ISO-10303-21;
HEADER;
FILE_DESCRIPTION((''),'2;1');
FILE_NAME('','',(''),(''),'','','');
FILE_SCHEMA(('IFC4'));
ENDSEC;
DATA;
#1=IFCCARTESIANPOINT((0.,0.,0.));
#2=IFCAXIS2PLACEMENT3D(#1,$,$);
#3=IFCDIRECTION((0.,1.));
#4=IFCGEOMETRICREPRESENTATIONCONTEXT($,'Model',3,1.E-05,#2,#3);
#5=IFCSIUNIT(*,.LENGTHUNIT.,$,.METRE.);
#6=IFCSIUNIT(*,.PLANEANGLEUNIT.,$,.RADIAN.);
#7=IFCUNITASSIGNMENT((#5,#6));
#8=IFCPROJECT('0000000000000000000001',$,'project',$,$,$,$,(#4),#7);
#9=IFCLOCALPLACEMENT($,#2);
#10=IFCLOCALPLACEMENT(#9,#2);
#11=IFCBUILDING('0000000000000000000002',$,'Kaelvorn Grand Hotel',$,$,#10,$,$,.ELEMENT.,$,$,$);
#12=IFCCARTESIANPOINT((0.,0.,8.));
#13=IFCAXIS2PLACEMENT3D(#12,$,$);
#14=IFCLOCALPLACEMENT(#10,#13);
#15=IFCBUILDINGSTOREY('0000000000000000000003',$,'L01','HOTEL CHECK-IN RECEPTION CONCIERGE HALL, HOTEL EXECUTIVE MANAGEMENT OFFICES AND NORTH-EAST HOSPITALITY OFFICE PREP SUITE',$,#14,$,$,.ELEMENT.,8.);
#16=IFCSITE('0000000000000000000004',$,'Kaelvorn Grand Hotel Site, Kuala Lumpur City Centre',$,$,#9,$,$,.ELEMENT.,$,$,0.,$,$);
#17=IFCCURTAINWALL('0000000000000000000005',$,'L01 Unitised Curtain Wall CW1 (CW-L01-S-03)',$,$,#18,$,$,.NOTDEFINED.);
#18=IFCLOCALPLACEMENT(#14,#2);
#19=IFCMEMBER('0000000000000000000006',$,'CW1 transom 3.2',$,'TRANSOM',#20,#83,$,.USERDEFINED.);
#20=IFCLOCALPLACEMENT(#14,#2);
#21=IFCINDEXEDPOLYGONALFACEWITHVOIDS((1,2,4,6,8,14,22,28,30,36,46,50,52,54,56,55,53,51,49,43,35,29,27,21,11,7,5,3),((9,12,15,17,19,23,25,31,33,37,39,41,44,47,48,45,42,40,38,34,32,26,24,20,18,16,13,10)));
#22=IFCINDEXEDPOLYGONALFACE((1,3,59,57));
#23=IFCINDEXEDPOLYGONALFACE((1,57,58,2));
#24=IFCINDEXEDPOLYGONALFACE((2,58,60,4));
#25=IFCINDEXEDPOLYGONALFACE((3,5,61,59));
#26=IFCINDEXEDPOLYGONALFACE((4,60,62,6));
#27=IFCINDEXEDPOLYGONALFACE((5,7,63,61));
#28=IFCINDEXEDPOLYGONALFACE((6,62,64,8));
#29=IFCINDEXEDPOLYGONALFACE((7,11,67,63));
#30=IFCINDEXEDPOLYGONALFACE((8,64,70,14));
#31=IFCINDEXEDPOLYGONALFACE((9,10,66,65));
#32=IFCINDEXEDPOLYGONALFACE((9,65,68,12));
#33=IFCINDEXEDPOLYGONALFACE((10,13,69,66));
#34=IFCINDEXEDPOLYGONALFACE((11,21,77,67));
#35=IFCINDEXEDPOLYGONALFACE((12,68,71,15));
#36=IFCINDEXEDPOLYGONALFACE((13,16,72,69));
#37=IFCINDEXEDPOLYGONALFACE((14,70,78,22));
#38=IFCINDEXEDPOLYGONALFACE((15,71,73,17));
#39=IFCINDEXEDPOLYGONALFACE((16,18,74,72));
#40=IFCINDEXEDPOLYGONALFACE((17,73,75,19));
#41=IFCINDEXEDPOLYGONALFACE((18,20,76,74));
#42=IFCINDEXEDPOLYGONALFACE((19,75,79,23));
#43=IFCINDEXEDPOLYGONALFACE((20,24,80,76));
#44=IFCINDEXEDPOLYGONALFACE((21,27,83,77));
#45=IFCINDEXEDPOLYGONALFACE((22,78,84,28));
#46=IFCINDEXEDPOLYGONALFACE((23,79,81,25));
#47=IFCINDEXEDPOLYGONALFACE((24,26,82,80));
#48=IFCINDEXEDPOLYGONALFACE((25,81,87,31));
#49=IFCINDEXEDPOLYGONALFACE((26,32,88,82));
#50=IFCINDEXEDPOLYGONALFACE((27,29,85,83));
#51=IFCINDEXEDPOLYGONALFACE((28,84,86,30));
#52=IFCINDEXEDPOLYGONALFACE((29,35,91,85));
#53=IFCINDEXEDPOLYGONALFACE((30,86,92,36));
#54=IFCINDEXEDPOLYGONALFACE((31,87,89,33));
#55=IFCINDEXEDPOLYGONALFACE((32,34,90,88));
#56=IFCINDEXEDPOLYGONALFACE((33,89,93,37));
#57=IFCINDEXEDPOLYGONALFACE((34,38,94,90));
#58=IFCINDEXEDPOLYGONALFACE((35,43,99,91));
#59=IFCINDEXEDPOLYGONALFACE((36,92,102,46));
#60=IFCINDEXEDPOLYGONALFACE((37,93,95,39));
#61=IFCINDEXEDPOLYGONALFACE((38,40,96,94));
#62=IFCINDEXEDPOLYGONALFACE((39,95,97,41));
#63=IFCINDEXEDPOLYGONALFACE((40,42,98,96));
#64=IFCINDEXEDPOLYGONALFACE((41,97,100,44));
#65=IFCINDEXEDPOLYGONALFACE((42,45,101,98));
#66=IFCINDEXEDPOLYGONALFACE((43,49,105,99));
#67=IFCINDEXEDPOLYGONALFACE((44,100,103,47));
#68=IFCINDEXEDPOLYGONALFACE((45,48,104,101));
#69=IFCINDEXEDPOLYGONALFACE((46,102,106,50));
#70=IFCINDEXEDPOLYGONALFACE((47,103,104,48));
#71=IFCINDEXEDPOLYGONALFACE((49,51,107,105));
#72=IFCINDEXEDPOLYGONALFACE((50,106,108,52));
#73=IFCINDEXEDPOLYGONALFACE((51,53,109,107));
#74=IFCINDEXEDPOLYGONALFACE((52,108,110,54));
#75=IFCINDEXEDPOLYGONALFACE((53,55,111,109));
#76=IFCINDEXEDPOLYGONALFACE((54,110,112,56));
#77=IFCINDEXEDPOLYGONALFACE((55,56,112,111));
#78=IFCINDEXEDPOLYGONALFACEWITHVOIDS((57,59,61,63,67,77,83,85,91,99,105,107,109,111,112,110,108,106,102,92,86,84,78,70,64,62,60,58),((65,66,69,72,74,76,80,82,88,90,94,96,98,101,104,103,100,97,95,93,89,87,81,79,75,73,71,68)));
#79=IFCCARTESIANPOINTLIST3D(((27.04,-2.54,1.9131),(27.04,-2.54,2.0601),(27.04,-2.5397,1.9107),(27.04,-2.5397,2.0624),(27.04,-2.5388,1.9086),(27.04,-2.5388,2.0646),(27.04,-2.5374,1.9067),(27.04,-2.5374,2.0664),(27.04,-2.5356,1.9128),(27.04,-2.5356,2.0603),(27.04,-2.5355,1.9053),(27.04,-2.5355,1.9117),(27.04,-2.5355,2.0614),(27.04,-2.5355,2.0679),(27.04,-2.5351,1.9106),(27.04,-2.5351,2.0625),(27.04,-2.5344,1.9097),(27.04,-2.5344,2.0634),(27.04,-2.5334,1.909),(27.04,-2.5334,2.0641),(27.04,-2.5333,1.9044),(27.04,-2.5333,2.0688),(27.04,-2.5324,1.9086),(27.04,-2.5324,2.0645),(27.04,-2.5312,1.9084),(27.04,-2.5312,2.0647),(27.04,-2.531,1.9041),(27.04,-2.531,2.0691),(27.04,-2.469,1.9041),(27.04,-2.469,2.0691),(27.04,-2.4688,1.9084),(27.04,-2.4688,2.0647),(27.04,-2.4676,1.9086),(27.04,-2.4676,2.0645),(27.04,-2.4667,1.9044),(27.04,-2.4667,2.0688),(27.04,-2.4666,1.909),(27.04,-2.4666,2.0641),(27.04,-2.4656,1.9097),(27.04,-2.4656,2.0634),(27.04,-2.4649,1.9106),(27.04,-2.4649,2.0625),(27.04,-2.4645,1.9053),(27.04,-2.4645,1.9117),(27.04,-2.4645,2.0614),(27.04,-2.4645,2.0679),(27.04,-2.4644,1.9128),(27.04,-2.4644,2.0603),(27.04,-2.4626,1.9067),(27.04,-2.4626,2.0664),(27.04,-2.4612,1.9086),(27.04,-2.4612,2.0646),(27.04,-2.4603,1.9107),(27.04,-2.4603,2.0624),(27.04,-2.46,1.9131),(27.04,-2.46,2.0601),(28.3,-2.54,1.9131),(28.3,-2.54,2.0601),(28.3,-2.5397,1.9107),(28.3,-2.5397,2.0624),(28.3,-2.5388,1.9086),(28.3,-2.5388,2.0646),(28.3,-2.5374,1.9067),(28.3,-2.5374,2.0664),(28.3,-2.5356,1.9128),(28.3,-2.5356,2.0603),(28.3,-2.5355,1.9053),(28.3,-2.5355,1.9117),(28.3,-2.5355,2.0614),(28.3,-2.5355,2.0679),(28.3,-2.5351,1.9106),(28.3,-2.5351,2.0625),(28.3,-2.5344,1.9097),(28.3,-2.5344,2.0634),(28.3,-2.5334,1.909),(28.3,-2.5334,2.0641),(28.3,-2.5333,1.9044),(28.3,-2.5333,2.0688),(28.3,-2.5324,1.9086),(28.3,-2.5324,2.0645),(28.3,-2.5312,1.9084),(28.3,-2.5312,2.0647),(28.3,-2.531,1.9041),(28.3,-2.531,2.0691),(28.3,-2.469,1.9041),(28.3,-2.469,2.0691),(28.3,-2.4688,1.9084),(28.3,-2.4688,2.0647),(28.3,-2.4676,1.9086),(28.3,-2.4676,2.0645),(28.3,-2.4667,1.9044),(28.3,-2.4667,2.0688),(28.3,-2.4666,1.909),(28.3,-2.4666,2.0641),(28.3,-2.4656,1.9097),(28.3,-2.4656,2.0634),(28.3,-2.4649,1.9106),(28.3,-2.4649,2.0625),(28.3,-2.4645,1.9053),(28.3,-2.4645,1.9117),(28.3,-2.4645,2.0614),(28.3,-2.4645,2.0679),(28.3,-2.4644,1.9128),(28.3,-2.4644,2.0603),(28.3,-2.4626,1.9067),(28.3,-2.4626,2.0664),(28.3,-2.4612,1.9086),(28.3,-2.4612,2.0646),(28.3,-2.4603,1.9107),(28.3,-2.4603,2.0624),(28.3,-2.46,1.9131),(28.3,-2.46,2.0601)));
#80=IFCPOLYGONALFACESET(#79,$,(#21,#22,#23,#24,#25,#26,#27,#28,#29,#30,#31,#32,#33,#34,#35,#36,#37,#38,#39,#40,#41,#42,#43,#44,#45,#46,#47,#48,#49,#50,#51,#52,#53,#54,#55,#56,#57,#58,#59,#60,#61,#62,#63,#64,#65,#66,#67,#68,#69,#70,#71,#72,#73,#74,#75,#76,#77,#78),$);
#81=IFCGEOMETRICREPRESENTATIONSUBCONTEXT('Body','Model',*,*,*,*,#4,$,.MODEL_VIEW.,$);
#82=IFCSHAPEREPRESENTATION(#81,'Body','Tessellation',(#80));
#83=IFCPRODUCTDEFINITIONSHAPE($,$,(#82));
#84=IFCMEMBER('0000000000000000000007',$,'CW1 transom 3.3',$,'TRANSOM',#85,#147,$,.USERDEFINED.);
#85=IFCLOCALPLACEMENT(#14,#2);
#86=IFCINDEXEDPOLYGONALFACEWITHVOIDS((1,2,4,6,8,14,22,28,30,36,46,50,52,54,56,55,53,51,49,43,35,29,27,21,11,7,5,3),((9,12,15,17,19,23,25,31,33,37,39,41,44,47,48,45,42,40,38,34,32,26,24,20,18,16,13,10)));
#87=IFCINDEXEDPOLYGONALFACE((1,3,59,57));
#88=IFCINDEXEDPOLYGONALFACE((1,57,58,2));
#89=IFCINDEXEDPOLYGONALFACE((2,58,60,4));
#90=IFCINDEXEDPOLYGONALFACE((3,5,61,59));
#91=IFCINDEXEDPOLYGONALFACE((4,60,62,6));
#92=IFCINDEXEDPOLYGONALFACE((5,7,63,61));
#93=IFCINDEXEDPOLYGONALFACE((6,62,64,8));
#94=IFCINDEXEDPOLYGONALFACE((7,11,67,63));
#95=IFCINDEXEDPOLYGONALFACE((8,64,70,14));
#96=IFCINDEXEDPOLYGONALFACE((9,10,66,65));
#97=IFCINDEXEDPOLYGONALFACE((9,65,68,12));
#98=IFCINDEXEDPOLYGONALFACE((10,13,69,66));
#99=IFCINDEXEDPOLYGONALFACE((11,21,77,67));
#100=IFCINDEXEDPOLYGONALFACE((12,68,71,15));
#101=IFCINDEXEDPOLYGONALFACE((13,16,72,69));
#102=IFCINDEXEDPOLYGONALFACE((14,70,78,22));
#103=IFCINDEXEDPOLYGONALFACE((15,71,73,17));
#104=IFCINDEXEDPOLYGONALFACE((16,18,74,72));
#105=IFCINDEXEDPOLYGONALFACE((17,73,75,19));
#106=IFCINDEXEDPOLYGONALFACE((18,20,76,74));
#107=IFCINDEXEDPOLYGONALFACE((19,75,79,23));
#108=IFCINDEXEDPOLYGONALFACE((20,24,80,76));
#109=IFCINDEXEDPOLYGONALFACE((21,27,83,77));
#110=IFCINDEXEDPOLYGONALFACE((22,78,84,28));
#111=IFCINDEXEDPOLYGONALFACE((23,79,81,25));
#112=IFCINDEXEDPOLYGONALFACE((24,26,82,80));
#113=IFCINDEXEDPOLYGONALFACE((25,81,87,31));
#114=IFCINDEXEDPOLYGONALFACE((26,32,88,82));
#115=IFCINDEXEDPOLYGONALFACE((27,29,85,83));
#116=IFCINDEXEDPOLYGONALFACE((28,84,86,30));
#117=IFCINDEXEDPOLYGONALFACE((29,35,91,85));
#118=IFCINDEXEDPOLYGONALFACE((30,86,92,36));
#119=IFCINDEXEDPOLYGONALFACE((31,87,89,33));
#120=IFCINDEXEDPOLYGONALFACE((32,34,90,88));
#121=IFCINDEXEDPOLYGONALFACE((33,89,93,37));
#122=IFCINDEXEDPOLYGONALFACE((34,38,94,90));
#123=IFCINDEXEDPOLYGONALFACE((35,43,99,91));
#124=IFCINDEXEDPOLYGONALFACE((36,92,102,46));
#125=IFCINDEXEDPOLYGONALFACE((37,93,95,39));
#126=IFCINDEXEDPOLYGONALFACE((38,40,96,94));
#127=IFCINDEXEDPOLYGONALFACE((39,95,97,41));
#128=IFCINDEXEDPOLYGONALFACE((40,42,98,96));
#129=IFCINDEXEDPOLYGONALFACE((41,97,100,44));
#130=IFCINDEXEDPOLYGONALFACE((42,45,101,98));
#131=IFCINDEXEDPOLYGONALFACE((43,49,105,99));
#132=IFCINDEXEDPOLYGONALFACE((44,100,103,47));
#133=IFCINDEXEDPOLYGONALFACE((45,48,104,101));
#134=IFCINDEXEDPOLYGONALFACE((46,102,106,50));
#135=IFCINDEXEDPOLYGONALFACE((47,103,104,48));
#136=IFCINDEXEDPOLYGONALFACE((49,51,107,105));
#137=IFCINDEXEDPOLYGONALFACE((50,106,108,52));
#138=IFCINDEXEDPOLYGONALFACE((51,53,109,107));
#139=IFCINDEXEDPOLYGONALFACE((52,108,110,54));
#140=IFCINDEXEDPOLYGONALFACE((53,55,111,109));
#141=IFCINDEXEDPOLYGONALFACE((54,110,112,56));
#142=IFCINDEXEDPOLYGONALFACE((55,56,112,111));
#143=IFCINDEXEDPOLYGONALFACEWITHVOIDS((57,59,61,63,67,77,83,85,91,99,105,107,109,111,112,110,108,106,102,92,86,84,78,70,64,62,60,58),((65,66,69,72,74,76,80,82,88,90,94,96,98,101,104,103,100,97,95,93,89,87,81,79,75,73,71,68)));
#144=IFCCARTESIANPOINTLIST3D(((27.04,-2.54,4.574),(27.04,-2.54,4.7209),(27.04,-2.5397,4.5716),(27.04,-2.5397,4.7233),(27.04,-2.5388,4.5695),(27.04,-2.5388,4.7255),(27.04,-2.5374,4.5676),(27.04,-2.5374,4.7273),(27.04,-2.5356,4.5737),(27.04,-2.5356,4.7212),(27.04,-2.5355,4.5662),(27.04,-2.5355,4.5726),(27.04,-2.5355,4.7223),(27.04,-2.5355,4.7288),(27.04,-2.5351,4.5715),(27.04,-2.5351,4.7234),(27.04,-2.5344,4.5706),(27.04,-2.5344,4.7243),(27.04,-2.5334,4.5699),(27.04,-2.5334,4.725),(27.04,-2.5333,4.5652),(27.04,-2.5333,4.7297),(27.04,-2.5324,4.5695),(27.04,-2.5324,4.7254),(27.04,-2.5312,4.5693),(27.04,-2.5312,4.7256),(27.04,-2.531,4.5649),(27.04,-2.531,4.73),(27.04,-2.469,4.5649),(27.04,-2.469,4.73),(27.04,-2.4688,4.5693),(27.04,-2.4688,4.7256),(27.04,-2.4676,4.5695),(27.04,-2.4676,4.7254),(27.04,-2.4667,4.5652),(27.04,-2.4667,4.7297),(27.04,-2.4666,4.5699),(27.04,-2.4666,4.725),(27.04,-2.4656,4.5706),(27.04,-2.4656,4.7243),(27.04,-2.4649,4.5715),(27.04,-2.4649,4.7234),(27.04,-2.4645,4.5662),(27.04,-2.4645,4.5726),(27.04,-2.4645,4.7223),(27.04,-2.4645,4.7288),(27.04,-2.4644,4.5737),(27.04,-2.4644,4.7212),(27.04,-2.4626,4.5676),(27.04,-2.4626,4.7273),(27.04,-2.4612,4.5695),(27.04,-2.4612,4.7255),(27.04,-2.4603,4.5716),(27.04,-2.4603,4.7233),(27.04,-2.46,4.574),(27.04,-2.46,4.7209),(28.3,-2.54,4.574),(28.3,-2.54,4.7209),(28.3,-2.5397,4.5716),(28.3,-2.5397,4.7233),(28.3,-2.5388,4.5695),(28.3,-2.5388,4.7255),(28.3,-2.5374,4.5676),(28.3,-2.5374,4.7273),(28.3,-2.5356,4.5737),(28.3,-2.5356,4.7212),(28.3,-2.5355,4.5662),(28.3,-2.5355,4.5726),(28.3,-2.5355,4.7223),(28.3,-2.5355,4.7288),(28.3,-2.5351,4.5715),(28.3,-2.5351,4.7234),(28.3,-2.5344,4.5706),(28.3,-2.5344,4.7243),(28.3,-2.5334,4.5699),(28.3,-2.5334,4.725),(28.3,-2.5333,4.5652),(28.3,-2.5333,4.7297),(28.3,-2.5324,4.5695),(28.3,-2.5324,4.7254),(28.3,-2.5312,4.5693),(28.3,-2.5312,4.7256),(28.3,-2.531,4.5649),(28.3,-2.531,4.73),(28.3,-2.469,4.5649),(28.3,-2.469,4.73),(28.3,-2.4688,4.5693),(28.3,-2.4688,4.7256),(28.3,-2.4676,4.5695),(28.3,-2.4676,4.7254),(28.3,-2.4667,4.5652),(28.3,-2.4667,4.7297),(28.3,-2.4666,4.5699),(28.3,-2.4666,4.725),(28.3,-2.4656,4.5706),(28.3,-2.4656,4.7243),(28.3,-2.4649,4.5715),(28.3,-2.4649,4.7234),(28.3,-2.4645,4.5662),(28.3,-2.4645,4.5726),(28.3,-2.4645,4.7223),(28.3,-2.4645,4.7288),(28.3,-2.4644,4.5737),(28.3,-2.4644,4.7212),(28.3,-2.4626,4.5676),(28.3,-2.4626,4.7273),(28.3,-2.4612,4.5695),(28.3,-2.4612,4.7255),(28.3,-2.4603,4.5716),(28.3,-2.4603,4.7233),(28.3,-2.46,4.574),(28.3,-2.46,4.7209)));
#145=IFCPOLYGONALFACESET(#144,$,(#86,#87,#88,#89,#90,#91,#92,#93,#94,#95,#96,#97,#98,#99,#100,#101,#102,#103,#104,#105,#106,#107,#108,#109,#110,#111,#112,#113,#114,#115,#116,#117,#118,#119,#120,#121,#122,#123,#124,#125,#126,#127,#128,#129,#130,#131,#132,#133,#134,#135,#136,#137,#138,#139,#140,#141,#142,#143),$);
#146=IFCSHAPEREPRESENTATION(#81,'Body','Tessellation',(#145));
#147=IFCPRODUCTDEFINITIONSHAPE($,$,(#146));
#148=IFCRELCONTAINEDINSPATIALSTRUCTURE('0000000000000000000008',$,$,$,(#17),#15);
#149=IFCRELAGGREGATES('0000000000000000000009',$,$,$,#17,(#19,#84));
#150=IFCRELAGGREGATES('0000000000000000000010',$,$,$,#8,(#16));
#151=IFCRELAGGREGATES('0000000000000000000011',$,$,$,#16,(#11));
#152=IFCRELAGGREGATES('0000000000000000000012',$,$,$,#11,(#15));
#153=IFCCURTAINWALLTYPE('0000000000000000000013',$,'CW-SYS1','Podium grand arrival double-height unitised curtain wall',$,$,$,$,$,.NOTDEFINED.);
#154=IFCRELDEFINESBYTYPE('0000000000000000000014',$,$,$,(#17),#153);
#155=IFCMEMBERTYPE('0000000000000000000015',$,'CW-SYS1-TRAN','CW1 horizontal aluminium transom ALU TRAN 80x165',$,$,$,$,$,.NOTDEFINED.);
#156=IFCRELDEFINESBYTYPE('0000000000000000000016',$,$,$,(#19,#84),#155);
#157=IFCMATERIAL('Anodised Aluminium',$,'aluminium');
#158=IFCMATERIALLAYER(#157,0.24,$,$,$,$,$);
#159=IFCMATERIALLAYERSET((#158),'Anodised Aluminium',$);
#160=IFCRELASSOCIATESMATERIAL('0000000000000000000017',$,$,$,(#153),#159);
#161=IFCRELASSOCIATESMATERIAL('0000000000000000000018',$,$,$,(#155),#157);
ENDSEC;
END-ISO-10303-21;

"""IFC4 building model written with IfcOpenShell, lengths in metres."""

from ifc_helpers import new_model, si_unit, direction, frame, origin, origin_2d, place, context, subcontext, project, spatial, hollow_rectangle, extrude, material, layer, layer_set, material_profile, profile_set, type_object, element, aggregate, save


model = new_model("IFC4")

# Units and contexts
model_context = context("Model", 3, precision=1e-05, world=origin(), true_north=direction((0.0, 1.0)))
body_context = subcontext(model_context, "Body", "Model", "MODEL_VIEW")
ifc_project = project(units=[si_unit("LENGTHUNIT", "METRE"), si_unit("PLANEANGLEUNIT", "RADIAN")], contexts=[model_context])

# Site, building, storey
site_placement = place(None, origin())
site = spatial("IfcSite", under=ifc_project, at=site_placement, Name="Kaelvorn Grand Hotel Site, Kuala Lumpur City Centre", CompositionType="ELEMENT", RefElevation=0.0)
building_placement = place(site_placement, origin())
building = spatial("IfcBuilding", under=site, at=building_placement, Name="Kaelvorn Grand Hotel", CompositionType="ELEMENT")
storey_placement = place(building_placement, frame((0.0, 0.0, 8.0)))
storey = spatial("IfcBuildingStorey", under=building, at=storey_placement, Name="L01", Description="HOTEL CHECK-IN RECEPTION CONCIERGE HALL, HOTEL EXECUTIVE MANAGEMENT OFFICES AND NORTH-EAST HOSPITALITY OFFICE PREP SUITE", CompositionType="ELEMENT", Elevation=8.0)

# Curtain wall
ifc_material_1 = material(Name="Anodised Aluminium", Category="aluminium")
ifc_layer_1 = layer(ifc_material_1, 0.24)
ifc_layer_set_1 = layer_set([ifc_layer_1], Name="Anodised Aluminium")
curtain_wall_type = type_object("IfcCurtainWallType", Name="CW-SYS1", Description="Podium grand arrival double-height unitised curtain wall", PredefinedType="NOTDEFINED", material=ifc_layer_set_1)
curtain_wall_1_placement = place(storey_placement, origin())
curtain_wall_1 = element("IfcCurtainWall", 1, at=curtain_wall_1_placement, inside=storey, type_object=curtain_wall_type, Name="L01 Unitised Curtain Wall CW1 (CW-L01-S-03)", PredefinedType="NOTDEFINED")

# Members
ifc_material_profile_1 = material_profile(ifc_material_1, hollow_rectangle(XDim=0.0801, YDim=0.165, WallThickness=0.0044, InnerFilletRadius=0.0044, OuterFilletRadius=0.009, at=origin_2d()), Name="ALU TRAN 80x165")
ifc_profile_set_1 = profile_set([ifc_material_profile_1], Name="Anodised Aluminium")
member_type_1 = type_object("IfcMemberType", Name="CW-SYS1-TRAN", Description="CW1 horizontal aluminium transom ALU TRAN 80x165", PredefinedType="NOTDEFINED", material=ifc_profile_set_1)
member_1_placement = place(storey_placement, frame((27.04, -2.5, 1.9866), z_axis=(1.0, 0.0, 0.0), x_axis=(0.0, 1.0, 0.0)))
member_1 = element("IfcMember", 2, at=member_1_placement, type_object=member_type_1, Name="CW1 transom 3.2", ObjectType="TRANSOM", PredefinedType="USERDEFINED", context=body_context, shape_type="SweptSolid", body=[
    extrude(hollow_rectangle(XDim=0.0801, YDim=0.165, WallThickness=0.0044, InnerFilletRadius=0.0044, OuterFilletRadius=0.009, at=origin_2d()), origin(), (0.0, 0.0, 1.0), 1.26),
])
member_2_placement = place(storey_placement, frame((27.04, -2.5, 4.6475), z_axis=(1.0, 0.0, 0.0), x_axis=(0.0, 1.0, 0.0)))
member_2 = element("IfcMember", 3, at=member_2_placement, type_object=member_type_1, Name="CW1 transom 3.3", ObjectType="TRANSOM", PredefinedType="USERDEFINED", context=body_context, shape_type="SweptSolid", body=[
    extrude(hollow_rectangle(XDim=0.0801, YDim=0.165, WallThickness=0.0044, InnerFilletRadius=0.0044, OuterFilletRadius=0.009, at=origin_2d()), origin(), (0.0, 0.0, 1.0), 1.26),
])

aggregate(curtain_wall_1, [member_1, member_2])

save(model, "model.ifc")
